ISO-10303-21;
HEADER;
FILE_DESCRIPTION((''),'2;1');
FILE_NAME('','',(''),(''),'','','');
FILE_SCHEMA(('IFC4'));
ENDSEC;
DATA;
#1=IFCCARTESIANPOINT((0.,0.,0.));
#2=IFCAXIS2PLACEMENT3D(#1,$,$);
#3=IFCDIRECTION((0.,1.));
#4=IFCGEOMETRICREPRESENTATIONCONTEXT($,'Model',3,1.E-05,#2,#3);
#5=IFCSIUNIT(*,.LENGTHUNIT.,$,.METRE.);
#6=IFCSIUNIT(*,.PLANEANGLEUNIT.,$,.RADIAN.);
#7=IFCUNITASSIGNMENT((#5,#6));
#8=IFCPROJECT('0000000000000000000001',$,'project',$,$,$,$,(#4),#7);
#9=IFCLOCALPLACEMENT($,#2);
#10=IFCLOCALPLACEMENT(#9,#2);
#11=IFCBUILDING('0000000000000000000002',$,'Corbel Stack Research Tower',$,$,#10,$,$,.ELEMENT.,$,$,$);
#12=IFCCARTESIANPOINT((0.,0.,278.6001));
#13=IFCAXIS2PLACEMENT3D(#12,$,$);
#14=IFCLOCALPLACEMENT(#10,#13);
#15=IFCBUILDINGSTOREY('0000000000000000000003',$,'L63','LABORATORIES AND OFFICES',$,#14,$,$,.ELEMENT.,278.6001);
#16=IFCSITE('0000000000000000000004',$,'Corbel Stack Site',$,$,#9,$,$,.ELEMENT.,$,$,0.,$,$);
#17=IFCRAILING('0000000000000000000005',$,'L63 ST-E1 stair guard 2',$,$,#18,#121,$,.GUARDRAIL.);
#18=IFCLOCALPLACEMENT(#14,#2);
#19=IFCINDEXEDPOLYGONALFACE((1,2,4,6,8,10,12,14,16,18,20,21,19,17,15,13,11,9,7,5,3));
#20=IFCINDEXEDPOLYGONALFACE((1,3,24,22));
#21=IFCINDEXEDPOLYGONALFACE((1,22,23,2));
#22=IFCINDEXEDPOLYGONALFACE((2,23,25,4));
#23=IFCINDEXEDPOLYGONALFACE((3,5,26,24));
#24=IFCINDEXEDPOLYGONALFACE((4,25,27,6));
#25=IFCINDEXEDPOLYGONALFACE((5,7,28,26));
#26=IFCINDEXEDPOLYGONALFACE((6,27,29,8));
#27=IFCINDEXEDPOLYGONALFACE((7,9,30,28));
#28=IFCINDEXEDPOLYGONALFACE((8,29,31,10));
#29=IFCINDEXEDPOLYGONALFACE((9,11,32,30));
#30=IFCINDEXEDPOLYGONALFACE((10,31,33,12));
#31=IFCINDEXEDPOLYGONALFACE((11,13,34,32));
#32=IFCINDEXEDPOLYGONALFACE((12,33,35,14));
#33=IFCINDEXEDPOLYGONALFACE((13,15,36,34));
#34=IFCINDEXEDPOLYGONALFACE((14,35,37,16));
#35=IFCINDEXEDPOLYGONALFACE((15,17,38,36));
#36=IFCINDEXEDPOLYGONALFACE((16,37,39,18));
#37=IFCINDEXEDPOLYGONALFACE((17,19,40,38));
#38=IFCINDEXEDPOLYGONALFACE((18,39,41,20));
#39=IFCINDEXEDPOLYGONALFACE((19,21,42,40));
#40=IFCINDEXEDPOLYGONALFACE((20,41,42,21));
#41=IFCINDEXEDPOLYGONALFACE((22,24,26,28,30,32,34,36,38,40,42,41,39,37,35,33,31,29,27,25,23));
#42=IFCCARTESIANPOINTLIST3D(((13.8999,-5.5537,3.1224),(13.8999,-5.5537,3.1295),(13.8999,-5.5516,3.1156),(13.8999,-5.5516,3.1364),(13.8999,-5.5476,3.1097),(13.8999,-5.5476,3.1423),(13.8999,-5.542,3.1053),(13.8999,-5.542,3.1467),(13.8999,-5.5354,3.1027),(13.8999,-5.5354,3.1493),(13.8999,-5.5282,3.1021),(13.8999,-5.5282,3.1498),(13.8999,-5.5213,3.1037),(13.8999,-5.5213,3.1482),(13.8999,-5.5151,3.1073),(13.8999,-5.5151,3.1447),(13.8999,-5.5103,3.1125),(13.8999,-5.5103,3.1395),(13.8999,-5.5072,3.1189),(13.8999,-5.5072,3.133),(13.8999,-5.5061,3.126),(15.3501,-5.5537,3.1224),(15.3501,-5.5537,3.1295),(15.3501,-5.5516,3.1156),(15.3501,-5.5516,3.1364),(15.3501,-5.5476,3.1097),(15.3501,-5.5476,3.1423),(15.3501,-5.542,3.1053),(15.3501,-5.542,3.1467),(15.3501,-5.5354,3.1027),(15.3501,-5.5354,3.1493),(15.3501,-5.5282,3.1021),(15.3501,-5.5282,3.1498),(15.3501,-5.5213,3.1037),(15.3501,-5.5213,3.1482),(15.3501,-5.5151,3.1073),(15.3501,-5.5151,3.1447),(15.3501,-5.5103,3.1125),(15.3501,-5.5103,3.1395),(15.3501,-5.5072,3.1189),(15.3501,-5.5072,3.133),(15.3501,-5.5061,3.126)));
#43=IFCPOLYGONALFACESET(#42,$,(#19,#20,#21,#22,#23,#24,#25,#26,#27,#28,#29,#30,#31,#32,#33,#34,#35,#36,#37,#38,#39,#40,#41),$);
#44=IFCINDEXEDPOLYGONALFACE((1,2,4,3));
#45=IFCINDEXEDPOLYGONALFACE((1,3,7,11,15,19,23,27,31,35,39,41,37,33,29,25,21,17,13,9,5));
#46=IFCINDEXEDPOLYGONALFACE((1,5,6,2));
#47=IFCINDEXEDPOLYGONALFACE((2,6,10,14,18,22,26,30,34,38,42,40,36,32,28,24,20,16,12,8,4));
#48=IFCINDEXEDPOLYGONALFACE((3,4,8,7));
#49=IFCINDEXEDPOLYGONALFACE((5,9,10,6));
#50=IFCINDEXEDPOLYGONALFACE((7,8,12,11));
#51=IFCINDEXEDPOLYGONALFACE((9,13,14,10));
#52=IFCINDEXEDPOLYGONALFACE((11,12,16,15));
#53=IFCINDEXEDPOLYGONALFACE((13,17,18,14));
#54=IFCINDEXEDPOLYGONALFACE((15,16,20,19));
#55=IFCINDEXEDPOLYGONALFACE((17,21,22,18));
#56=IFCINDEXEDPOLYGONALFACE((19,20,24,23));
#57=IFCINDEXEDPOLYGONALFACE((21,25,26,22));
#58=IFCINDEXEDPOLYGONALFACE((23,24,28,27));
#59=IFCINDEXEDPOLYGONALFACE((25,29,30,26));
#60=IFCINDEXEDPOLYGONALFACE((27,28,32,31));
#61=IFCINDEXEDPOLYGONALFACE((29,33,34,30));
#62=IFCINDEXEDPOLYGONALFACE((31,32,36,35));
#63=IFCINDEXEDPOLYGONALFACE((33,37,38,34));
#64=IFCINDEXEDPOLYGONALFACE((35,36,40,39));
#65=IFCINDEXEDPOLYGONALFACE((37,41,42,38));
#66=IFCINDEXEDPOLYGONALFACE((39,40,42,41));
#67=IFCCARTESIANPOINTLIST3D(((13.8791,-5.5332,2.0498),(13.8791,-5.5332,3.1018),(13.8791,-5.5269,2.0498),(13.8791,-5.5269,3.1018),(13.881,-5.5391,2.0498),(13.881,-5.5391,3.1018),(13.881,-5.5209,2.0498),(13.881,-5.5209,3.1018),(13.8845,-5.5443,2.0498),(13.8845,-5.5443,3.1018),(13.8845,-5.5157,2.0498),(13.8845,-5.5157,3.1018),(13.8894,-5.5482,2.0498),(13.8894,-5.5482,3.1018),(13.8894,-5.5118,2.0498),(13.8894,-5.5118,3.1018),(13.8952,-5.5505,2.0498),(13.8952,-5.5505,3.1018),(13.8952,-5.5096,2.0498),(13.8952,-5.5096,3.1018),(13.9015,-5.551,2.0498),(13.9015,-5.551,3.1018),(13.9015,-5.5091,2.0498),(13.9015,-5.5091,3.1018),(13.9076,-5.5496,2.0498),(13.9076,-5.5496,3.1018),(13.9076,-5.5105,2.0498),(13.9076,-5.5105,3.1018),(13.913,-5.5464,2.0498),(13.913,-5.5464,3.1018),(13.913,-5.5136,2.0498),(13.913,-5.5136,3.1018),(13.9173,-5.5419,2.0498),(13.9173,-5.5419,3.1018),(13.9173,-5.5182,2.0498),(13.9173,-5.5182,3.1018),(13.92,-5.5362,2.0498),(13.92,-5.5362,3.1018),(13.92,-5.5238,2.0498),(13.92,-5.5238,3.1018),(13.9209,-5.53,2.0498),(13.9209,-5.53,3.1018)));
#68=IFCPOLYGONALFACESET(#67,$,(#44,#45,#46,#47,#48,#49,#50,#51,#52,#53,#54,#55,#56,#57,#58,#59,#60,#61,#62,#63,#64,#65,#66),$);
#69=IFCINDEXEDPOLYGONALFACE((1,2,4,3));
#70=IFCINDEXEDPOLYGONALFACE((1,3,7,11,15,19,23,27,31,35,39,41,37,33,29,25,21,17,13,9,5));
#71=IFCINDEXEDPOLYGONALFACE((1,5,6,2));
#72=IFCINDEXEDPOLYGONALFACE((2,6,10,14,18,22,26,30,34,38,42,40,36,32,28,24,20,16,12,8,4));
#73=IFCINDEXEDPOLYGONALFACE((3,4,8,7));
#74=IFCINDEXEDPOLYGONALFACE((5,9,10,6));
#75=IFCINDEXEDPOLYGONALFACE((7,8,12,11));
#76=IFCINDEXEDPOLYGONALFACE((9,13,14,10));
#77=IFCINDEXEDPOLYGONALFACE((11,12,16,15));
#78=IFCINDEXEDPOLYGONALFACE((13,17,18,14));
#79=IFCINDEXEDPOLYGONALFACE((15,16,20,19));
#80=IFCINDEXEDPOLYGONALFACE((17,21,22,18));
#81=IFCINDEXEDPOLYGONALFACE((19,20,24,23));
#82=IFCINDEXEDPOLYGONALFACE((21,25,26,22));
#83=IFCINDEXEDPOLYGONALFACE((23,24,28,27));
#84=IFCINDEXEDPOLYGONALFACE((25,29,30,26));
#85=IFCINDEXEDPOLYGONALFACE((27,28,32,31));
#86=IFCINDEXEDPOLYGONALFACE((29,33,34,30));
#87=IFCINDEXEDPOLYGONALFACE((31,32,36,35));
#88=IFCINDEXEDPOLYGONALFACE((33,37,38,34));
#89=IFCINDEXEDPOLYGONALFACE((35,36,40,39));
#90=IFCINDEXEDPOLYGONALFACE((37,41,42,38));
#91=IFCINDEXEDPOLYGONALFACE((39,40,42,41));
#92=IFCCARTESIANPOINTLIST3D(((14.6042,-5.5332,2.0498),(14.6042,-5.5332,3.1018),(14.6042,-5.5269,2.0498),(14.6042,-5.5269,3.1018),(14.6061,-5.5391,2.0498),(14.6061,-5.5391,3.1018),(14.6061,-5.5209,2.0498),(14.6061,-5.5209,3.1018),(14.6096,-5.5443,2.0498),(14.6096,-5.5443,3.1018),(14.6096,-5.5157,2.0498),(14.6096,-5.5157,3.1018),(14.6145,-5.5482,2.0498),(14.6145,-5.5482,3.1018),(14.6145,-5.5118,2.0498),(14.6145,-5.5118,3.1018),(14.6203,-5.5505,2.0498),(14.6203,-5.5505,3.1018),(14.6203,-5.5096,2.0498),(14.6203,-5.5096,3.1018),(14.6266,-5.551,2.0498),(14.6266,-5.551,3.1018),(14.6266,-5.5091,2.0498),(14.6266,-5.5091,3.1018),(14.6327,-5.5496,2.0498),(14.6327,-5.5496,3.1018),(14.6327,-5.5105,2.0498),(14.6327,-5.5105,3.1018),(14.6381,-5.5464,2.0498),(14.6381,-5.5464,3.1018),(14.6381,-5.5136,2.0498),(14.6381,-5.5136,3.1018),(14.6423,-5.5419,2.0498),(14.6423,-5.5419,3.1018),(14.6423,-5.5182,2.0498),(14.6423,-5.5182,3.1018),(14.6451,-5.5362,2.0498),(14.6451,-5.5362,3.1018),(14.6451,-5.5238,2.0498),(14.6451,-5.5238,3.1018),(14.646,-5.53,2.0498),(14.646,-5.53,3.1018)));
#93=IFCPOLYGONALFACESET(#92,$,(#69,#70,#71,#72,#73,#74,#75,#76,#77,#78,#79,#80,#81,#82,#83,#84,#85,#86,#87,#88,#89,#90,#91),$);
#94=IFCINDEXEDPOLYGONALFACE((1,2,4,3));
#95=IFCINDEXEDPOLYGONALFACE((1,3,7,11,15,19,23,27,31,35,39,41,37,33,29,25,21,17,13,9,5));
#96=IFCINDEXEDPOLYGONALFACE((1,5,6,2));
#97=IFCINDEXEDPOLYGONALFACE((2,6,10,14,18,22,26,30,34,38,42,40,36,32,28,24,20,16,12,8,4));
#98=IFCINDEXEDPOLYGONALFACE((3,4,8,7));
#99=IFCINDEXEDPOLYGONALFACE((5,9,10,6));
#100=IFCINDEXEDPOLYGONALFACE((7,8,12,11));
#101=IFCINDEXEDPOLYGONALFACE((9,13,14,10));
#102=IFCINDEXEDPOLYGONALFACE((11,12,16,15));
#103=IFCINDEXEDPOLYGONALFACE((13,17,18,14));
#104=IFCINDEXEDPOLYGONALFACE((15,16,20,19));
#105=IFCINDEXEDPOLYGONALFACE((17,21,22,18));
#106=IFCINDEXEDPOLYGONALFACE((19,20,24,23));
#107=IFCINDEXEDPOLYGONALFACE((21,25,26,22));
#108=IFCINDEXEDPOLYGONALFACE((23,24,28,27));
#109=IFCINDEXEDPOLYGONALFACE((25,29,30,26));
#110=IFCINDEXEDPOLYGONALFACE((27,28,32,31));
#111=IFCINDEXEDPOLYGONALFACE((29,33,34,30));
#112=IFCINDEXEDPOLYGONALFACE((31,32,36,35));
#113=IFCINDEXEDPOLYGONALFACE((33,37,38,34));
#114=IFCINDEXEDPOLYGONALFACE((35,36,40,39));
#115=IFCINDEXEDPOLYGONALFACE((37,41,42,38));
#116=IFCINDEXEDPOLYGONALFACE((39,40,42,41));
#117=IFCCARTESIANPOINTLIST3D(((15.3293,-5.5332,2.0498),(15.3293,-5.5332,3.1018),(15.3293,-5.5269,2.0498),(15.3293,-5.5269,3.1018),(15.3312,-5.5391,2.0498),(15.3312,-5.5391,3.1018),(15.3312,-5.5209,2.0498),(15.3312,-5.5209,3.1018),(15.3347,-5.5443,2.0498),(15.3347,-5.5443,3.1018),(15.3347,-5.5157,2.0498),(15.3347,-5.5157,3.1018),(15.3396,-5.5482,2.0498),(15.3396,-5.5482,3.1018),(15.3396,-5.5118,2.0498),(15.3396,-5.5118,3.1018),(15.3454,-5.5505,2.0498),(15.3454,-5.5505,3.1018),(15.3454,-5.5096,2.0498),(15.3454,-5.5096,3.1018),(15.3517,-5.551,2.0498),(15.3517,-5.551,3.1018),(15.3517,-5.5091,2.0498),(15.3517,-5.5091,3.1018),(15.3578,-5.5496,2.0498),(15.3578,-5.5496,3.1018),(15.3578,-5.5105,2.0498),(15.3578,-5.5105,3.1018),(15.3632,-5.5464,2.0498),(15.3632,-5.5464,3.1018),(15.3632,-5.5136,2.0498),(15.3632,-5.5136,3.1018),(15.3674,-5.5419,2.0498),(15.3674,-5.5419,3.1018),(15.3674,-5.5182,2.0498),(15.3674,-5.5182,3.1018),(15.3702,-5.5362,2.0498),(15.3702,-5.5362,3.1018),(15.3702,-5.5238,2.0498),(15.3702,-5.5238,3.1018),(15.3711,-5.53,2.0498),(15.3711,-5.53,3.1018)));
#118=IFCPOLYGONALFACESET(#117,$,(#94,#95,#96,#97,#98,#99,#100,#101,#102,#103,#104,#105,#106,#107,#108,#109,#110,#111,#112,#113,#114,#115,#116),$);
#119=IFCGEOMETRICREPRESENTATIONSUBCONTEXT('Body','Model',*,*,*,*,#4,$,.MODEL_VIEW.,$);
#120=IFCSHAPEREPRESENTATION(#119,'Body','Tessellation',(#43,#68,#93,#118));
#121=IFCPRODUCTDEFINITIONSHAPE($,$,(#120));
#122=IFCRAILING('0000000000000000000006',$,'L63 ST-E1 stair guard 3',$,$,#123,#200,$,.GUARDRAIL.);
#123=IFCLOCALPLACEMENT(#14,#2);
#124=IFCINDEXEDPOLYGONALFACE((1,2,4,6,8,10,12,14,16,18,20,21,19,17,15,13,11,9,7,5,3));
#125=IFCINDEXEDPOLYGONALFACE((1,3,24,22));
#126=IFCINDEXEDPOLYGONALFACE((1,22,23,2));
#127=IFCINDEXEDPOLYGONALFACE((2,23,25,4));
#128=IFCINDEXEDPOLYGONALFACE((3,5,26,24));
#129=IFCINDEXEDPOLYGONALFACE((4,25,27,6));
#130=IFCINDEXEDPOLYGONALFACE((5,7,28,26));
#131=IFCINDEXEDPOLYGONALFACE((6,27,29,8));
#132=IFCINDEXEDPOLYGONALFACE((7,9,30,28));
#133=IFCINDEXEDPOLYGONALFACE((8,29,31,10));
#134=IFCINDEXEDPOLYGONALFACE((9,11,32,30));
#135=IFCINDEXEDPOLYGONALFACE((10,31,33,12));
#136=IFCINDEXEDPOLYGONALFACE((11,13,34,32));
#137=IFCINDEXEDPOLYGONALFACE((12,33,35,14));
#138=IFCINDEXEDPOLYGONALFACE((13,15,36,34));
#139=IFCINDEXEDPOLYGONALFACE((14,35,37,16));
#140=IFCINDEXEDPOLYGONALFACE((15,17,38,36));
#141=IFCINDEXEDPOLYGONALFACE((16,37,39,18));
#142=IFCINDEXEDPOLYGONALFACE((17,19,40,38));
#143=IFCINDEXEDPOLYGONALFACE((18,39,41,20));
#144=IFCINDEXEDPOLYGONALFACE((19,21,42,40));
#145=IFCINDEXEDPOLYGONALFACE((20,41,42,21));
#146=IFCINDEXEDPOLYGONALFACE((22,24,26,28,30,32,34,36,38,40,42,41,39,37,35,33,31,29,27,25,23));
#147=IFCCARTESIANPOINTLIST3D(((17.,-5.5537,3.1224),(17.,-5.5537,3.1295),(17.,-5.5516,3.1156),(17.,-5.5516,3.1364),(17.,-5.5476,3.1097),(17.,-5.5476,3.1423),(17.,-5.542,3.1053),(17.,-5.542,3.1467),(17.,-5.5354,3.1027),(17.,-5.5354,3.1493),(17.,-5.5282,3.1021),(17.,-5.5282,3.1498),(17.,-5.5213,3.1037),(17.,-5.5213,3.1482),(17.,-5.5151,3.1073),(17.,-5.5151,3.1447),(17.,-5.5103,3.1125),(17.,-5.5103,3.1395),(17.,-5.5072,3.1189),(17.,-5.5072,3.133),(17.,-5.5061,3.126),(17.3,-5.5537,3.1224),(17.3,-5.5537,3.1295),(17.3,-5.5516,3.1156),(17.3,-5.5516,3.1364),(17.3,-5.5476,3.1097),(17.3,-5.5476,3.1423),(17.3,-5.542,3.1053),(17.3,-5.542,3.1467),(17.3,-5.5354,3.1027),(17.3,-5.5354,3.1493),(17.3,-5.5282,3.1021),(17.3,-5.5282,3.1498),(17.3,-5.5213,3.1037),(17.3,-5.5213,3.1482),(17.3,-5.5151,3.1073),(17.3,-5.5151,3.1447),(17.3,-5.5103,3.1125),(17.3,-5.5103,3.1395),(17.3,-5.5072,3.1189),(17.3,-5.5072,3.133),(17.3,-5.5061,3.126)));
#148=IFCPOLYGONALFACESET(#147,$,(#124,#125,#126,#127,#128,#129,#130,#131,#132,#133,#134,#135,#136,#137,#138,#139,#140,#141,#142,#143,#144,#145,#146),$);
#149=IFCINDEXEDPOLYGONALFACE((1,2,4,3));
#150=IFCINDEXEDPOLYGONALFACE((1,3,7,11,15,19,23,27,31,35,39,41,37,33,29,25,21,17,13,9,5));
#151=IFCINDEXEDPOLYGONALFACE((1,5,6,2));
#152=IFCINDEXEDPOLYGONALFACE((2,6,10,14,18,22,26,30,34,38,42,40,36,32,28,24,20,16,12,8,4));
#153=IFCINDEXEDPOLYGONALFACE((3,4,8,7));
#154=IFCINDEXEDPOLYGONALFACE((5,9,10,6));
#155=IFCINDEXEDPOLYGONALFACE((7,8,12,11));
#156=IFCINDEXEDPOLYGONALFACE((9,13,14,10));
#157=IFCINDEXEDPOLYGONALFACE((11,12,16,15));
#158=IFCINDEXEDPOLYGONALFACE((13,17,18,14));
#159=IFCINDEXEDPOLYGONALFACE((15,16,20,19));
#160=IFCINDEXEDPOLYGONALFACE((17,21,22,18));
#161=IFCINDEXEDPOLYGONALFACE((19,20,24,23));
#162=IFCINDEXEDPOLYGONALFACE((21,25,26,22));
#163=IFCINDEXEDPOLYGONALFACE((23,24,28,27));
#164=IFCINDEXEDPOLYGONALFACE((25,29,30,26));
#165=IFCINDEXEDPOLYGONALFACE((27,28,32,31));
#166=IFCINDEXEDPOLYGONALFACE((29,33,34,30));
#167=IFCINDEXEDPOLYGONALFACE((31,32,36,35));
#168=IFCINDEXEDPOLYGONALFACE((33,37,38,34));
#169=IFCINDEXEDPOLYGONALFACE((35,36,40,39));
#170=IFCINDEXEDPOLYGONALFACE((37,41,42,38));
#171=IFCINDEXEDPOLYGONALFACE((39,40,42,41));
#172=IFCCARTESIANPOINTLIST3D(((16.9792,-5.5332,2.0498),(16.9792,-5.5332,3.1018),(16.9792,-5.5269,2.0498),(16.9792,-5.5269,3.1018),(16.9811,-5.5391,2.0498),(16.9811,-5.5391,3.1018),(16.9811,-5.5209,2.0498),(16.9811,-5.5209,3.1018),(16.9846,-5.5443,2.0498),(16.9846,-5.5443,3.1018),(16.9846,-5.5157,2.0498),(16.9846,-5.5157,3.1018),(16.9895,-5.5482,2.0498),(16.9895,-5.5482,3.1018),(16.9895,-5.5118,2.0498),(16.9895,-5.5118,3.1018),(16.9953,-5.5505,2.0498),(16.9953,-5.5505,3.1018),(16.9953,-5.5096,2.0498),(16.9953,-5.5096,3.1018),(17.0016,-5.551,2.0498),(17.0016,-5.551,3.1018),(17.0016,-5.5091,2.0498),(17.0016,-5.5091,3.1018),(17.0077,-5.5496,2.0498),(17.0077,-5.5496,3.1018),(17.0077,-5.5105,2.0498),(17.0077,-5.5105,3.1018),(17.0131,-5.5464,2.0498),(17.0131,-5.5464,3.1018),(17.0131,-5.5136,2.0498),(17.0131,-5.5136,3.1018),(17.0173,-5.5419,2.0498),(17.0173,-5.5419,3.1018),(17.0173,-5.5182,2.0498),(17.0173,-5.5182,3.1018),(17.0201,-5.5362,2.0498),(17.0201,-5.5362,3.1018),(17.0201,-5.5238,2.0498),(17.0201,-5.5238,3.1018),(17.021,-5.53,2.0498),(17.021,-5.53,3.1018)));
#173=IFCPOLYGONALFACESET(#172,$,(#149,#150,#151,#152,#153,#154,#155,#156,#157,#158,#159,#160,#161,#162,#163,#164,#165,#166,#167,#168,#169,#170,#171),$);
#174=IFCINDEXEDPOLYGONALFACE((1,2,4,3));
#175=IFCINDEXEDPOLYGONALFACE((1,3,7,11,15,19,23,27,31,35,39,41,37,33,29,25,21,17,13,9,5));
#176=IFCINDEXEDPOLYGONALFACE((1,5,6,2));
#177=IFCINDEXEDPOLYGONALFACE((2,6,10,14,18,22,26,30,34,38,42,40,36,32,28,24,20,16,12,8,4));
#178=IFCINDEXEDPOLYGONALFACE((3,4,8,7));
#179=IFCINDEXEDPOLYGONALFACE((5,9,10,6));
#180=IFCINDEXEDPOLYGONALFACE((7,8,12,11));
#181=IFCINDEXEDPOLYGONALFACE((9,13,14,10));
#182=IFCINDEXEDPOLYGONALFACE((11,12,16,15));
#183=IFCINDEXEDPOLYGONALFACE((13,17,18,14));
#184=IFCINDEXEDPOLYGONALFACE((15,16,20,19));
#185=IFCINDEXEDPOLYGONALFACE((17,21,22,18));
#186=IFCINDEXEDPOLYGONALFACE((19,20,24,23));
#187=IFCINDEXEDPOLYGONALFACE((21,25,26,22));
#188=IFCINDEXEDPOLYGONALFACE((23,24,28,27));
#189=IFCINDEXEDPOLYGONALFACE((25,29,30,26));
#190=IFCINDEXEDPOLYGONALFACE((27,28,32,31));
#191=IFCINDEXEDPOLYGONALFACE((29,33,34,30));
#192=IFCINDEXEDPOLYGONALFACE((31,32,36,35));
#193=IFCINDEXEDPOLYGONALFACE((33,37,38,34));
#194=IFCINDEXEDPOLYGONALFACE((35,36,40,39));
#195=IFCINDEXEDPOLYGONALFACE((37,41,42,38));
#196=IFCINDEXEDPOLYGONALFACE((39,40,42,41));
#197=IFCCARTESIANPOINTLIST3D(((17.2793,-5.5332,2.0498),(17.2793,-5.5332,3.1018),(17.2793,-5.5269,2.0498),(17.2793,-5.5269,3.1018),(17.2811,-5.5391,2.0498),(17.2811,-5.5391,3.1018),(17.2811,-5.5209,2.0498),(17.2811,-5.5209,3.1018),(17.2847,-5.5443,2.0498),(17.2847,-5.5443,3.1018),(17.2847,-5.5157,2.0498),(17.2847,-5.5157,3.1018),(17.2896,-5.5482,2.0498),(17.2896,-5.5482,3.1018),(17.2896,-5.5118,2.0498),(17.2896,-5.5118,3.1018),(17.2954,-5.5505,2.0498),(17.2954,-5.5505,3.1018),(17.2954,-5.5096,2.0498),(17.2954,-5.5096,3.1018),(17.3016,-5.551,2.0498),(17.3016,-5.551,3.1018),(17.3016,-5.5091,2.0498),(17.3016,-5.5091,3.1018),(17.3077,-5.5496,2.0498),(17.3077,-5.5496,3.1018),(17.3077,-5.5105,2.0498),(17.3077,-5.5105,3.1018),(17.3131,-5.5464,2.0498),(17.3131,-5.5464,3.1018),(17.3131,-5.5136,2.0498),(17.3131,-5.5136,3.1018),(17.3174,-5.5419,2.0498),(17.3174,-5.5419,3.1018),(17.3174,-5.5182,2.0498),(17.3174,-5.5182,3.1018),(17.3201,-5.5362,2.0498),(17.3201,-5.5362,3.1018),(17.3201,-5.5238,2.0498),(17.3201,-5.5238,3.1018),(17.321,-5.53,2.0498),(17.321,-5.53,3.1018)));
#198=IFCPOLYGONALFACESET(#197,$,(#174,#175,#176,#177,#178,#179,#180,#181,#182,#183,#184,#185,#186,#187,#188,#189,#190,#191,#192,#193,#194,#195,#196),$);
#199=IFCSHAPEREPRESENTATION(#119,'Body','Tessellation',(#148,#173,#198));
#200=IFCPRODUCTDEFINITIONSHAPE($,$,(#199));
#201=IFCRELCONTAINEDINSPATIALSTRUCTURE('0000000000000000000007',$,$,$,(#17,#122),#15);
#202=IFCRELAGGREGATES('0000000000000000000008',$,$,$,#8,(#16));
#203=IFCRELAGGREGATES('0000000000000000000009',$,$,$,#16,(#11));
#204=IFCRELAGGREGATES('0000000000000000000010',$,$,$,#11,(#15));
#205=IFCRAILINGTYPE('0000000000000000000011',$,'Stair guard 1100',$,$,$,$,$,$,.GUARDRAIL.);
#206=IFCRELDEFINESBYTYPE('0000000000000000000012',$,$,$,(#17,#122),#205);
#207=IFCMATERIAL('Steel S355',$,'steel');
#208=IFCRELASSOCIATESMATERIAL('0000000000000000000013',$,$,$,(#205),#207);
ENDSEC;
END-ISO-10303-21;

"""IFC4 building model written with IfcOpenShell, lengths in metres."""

from ifc_helpers import new_model, si_unit, direction, frame, origin, origin_2d, place, context, subcontext, project, spatial, circle, extrude, material, type_object, element, save


model = new_model("IFC4")

# Units and contexts
model_context = context("Model", 3, precision=1e-05, world=origin(), true_north=direction((0.0, 1.0)))
body_context = subcontext(model_context, "Body", "Model", "MODEL_VIEW")
ifc_project = project(units=[si_unit("LENGTHUNIT", "METRE"), si_unit("PLANEANGLEUNIT", "RADIAN")], contexts=[model_context])

# Site, building, storey
site_placement = place(None, origin())
site = spatial("IfcSite", under=ifc_project, at=site_placement, Name="Corbel Stack Site", CompositionType="ELEMENT", RefElevation=0.0)
building_placement = place(site_placement, origin())
building = spatial("IfcBuilding", under=site, at=building_placement, Name="Corbel Stack Research Tower", CompositionType="ELEMENT")
storey_placement = place(building_placement, frame((0.0, 0.0, 278.6001)))
storey = spatial("IfcBuildingStorey", under=building, at=storey_placement, Name="L63", Description="LABORATORIES AND OFFICES", CompositionType="ELEMENT", Elevation=278.6001)

# Railings
ifc_material_1 = material(Name="Steel S355", Category="steel")
railing_type_1 = type_object("IfcRailingType", Name="Stair guard 1100", PredefinedType="GUARDRAIL", material=ifc_material_1)
railing_1_placement = place(storey_placement, frame((13.8999, -5.53, 2.0498)))
element("IfcRailing", 1, at=railing_1_placement, inside=storey, type_object=railing_type_1, Name="L63 ST-E1 stair guard 2", PredefinedType="GUARDRAIL", context=body_context, shape_type="SweptSolid", body=[
    extrude(circle(Radius=0.0239, at=origin_2d()), frame((0.0, 0.0, 1.0762), z_axis=(1.0, 0.0, 0.0), x_axis=(0.0, 1.0, 0.0)), (0.0, 0.0, 1.0), 1.4502),
    extrude(circle(Radius=0.021, at=origin_2d()), origin(), (0.0, 0.0, 1.0), 1.052),
    extrude(circle(Radius=0.021, at=origin_2d()), frame((0.7251, 0.0, 0.0)), (0.0, 0.0, 1.0), 1.052),
    extrude(circle(Radius=0.021, at=origin_2d()), frame((1.4502, 0.0, 0.0)), (0.0, 0.0, 1.0), 1.052),
])
railing_2_placement = place(storey_placement, frame((17.0, -5.53, 2.0498)))
element("IfcRailing", 2, at=railing_2_placement, inside=storey, type_object=railing_type_1, Name="L63 ST-E1 stair guard 3", PredefinedType="GUARDRAIL", context=body_context, shape_type="SweptSolid", body=[
    extrude(circle(Radius=0.0239, at=origin_2d()), frame((0.0, 0.0, 1.0762), z_axis=(1.0, 0.0, 0.0), x_axis=(0.0, 1.0, 0.0)), (0.0, 0.0, 1.0), 0.3),
    extrude(circle(Radius=0.021, at=origin_2d()), origin(), (0.0, 0.0, 1.0), 1.052),
    extrude(circle(Radius=0.021, at=origin_2d()), frame((0.3, 0.0, 0.0)), (0.0, 0.0, 1.0), 1.052),
])

save(model, "model.ifc")
